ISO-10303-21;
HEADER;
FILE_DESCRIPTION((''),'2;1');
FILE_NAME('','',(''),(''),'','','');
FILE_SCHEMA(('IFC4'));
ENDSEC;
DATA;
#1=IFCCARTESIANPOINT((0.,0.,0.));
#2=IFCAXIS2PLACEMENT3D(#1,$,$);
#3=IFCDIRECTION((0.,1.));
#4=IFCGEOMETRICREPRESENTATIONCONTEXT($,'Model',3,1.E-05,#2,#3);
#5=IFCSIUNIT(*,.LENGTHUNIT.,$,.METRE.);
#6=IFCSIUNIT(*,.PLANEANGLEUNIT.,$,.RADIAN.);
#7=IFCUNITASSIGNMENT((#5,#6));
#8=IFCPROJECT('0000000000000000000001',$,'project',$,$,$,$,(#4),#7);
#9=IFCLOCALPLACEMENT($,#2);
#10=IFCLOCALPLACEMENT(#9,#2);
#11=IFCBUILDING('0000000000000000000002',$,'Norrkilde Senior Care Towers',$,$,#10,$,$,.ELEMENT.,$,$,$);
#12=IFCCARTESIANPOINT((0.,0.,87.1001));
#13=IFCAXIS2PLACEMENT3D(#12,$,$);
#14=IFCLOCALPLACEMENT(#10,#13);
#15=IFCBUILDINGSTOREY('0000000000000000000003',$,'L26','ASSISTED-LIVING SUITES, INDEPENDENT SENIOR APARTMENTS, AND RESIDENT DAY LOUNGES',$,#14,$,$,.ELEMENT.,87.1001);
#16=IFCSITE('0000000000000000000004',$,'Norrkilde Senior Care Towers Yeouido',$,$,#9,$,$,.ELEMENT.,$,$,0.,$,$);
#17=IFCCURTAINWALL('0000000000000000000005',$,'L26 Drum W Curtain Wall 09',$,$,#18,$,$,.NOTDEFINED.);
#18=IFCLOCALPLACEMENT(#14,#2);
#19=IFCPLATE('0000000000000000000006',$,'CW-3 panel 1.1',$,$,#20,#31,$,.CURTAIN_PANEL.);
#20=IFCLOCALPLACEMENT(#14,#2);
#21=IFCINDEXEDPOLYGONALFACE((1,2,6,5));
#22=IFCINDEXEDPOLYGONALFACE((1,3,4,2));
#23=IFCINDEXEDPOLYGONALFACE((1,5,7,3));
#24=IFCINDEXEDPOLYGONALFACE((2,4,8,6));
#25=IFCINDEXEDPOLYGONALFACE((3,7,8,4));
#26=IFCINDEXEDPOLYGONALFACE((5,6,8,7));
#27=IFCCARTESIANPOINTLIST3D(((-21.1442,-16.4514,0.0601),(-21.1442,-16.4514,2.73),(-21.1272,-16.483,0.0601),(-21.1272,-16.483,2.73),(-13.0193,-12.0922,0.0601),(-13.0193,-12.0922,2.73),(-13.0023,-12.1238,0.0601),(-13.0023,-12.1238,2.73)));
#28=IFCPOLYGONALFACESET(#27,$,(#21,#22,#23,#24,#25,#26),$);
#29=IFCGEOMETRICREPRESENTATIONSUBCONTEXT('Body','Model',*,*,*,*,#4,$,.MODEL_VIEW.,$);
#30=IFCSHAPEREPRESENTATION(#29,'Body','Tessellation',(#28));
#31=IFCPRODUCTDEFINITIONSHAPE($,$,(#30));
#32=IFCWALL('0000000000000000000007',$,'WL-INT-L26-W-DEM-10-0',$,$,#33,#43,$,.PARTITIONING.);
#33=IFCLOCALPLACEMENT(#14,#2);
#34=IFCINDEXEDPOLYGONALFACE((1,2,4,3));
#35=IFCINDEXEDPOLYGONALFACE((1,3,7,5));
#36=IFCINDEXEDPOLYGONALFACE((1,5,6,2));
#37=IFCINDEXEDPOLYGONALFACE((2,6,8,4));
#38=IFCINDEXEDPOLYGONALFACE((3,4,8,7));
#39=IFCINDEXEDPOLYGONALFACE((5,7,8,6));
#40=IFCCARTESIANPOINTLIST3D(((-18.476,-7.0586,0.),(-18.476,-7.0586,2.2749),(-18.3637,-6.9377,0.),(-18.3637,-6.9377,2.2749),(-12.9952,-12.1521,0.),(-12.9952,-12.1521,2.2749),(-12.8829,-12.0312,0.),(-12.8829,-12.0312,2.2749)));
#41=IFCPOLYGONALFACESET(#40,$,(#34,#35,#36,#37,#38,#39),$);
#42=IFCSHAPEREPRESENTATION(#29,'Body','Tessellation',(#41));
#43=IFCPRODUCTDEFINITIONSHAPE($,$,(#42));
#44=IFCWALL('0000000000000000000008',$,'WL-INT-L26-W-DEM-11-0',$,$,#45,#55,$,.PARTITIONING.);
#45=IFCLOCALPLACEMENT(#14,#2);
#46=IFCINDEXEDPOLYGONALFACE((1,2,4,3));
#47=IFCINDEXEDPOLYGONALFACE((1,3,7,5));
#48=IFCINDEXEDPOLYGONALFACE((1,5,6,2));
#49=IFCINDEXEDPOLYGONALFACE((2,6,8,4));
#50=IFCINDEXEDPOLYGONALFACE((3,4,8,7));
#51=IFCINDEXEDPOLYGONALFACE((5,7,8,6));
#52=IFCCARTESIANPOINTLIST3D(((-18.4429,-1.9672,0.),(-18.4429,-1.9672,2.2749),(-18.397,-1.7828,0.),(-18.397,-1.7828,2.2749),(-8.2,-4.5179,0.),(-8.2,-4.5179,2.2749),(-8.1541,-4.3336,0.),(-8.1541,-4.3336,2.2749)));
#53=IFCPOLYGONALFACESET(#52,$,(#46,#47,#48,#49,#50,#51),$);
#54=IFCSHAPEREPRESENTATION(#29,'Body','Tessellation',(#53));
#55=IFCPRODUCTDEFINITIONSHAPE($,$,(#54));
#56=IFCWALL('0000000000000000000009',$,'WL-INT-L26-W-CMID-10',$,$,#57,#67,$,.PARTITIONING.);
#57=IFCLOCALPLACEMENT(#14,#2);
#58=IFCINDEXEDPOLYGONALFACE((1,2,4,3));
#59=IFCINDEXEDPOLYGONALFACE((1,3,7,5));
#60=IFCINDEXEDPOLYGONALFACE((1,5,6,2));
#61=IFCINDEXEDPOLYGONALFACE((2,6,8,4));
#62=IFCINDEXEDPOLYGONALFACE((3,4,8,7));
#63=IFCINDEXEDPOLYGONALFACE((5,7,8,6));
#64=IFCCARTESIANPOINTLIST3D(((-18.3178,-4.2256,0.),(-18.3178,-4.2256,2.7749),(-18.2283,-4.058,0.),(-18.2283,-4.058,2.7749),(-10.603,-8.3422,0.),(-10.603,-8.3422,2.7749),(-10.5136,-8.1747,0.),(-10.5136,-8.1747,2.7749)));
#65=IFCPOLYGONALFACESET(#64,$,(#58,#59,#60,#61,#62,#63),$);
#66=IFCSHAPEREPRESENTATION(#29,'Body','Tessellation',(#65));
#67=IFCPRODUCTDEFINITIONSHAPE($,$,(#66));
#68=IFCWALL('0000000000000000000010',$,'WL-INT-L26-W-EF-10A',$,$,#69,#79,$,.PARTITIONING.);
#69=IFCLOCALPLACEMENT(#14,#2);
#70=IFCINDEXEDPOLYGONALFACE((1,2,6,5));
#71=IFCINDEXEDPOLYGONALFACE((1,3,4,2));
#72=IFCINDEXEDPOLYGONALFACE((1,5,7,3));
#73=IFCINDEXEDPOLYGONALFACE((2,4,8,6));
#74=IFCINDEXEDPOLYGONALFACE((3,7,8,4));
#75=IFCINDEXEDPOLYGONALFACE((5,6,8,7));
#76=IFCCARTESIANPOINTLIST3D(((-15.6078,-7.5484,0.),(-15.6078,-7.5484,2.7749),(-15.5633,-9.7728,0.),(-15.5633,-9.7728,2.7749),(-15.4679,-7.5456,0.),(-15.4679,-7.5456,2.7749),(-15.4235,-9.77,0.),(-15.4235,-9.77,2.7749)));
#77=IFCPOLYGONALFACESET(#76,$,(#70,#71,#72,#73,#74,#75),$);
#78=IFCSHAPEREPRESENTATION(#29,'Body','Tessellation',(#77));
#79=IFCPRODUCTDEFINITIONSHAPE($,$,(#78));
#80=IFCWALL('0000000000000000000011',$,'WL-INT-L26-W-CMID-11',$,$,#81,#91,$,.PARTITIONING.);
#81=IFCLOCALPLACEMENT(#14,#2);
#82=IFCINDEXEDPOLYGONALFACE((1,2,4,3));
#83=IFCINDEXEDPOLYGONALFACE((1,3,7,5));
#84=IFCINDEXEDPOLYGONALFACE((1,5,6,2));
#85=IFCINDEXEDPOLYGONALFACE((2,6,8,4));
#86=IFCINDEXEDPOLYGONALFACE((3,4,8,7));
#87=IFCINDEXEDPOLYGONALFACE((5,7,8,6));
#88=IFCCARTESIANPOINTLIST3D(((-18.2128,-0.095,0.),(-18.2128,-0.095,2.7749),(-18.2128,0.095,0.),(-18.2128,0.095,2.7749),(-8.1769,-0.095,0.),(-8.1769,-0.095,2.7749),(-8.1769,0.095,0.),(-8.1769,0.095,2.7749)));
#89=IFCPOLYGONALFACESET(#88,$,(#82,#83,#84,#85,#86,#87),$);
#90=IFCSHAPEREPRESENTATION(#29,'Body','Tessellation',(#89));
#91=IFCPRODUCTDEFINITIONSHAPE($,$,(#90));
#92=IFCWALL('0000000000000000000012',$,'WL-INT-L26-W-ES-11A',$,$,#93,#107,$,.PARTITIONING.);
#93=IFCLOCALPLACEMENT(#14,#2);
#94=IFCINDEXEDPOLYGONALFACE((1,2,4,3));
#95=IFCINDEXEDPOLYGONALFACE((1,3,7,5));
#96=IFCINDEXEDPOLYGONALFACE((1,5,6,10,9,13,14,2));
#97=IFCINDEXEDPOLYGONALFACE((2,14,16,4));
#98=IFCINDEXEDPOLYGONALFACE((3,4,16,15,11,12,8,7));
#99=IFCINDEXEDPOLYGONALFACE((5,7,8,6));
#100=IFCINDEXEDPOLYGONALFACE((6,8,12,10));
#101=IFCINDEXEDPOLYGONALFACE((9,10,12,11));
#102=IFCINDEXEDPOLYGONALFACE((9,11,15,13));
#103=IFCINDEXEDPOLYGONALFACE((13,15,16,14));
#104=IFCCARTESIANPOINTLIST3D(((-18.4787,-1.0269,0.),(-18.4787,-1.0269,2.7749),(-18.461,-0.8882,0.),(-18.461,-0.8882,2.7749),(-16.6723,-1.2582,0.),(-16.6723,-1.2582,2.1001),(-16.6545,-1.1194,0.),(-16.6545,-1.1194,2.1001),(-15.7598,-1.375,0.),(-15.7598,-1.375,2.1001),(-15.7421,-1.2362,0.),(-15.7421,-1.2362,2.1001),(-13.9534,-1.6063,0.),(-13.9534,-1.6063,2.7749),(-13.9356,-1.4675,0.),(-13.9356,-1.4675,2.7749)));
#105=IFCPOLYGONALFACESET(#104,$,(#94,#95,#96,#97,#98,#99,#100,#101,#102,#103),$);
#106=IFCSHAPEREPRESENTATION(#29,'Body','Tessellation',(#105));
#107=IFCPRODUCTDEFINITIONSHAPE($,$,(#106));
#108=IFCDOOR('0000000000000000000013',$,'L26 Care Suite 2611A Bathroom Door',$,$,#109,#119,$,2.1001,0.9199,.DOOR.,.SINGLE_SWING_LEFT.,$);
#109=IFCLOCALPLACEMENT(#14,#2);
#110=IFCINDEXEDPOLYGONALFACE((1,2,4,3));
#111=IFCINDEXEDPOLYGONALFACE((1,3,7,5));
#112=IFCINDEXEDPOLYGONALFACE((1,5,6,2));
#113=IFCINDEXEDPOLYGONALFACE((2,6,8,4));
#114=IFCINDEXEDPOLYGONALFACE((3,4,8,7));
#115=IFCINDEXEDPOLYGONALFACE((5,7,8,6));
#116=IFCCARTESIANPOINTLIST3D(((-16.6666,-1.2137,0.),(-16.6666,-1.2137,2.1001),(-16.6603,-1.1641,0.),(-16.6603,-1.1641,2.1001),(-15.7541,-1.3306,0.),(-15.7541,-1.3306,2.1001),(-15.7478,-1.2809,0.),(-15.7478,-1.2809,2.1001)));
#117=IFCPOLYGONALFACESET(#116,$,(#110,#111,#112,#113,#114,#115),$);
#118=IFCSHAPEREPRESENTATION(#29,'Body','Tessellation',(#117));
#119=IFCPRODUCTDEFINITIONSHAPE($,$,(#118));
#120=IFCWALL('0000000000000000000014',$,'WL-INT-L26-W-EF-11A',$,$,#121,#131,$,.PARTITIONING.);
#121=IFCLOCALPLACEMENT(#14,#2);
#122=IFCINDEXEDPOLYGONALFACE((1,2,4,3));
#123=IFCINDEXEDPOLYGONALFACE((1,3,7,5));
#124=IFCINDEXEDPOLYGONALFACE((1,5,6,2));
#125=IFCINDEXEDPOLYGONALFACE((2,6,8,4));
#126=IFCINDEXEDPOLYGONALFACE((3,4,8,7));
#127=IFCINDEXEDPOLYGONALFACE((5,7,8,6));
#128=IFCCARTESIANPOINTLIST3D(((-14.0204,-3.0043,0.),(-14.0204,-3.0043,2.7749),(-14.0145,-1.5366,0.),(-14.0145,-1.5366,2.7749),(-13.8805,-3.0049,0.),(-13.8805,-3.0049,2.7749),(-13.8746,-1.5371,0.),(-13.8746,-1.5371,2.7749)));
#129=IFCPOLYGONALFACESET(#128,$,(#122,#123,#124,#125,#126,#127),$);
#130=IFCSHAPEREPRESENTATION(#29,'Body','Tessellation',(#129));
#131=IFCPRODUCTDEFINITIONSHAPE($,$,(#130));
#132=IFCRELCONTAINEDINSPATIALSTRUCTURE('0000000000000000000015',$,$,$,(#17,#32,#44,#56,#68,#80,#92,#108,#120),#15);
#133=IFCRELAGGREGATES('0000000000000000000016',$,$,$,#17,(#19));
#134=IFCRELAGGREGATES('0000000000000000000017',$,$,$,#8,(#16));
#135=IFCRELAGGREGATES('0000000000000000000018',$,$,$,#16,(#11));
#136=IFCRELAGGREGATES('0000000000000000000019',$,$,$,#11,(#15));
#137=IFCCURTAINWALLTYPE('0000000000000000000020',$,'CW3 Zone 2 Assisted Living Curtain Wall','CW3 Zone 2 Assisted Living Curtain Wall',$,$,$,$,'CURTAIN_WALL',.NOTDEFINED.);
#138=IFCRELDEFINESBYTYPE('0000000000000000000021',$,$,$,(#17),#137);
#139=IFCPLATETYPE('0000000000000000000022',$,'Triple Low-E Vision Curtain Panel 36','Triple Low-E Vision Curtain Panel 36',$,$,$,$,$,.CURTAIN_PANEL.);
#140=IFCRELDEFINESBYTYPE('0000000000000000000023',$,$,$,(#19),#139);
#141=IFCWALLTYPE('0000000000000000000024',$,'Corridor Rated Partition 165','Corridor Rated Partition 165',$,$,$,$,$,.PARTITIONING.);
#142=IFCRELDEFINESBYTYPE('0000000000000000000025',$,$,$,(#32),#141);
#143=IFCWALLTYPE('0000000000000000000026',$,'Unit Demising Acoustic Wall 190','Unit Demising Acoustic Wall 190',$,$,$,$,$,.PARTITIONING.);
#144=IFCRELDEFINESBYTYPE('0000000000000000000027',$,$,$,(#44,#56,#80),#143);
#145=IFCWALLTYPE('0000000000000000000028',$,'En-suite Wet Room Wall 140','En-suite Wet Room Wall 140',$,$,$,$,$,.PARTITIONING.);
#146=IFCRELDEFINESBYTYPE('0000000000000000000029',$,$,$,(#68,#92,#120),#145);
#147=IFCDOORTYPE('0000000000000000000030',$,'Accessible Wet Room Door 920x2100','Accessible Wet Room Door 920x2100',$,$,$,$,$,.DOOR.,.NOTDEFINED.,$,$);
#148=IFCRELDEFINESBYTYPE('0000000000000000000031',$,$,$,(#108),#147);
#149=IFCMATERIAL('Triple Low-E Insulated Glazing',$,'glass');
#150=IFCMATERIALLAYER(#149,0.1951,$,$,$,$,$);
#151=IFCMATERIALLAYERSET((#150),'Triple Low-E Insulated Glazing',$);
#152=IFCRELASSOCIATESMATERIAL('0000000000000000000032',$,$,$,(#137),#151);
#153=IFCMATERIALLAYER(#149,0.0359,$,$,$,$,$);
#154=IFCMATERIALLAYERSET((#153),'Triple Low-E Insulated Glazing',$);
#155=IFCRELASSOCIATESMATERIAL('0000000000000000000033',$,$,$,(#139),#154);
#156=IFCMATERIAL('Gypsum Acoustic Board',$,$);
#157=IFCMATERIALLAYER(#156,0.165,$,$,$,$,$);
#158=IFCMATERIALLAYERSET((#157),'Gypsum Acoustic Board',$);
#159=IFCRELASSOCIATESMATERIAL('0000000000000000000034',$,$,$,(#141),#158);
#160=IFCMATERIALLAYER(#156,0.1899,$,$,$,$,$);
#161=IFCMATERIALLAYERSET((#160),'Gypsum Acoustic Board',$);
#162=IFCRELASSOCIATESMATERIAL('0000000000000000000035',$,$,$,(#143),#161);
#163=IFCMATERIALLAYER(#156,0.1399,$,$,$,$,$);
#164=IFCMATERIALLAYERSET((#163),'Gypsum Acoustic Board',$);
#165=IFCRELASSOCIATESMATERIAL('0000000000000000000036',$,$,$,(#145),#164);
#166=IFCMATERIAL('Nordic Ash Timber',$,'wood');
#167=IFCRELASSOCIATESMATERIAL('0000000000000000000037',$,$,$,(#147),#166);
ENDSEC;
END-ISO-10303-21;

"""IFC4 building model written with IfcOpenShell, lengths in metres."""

from ifc_helpers import new_model, si_unit, direction, frame, frame_2d, origin, origin_2d, place, context, subcontext, project, spatial, rectangle, extrude, source, transform, mapped, material, layer, layer_set, type_object, type_shapes, element, fill, aggregate, save


model = new_model("IFC4")

# Units and contexts
model_context = context("Model", 3, precision=1e-05, world=origin(), true_north=direction((0.0, 1.0)))
body_context = subcontext(model_context, "Body", "Model", "MODEL_VIEW")
ifc_project = project(units=[si_unit("LENGTHUNIT", "METRE"), si_unit("PLANEANGLEUNIT", "RADIAN")], contexts=[model_context])

# Site, building, storey
site_placement = place(None, origin())
site = spatial("IfcSite", under=ifc_project, at=site_placement, Name="Norrkilde Senior Care Towers Yeouido", CompositionType="ELEMENT", RefElevation=0.0)
building_placement = place(site_placement, origin())
building = spatial("IfcBuilding", under=site, at=building_placement, Name="Norrkilde Senior Care Towers", CompositionType="ELEMENT")
storey_placement = place(building_placement, frame((0.0, 0.0, 87.1001)))
storey = spatial("IfcBuildingStorey", under=building, at=storey_placement, Name="L26", Description="ASSISTED-LIVING SUITES, INDEPENDENT SENIOR APARTMENTS, AND RESIDENT DAY LOUNGES", CompositionType="ELEMENT", Elevation=87.1001)

# Curtain wall
ifc_material_1 = material(Name="Triple Low-E Insulated Glazing", Category="glass")
ifc_layer_1 = layer(ifc_material_1, 0.1951)
ifc_layer_set_1 = layer_set([ifc_layer_1], Name="Triple Low-E Insulated Glazing")
curtain_wall_type = type_object("IfcCurtainWallType", Name="CW3 Zone 2 Assisted Living Curtain Wall", Description="CW3 Zone 2 Assisted Living Curtain Wall", ElementType="CURTAIN_WALL", PredefinedType="NOTDEFINED", material=ifc_layer_set_1)
curtain_wall_1_placement = place(storey_placement, origin())
curtain_wall_1 = element("IfcCurtainWall", 1, at=curtain_wall_1_placement, inside=storey, type_object=curtain_wall_type, Name="L26 Drum W Curtain Wall 09", PredefinedType="NOTDEFINED")

# Plate
ifc_layer_2 = layer(ifc_material_1, 0.0359)
ifc_layer_set_2 = layer_set([ifc_layer_2], Name="Triple Low-E Insulated Glazing")
plate_type = type_object("IfcPlateType", Name="Triple Low-E Vision Curtain Panel 36", Description="Triple Low-E Vision Curtain Panel 36", PredefinedType="CURTAIN_PANEL", material=ifc_layer_set_2)
shared_shape_1 = source(origin(), body_context, "Body", "SweptSolid", [
    extrude(rectangle(XDim=9.2205, YDim=0.0359, at=origin_2d()), origin(), (0.0, 0.0, 1.0), 2.6699),
])
plate_1_placement = place(storey_placement, frame((-17.0732, -14.2876, 0.0601), z_axis=(0.0, 0.0, 1.0), x_axis=(-0.881186, -0.472769, 0.0)))
plate_1 = element("IfcPlate", 2, at=plate_1_placement, type_object=plate_type, Name="CW-3 panel 1.1", PredefinedType="CURTAIN_PANEL", context=body_context, shape_type="MappedRepresentation", body=[
    mapped(shared_shape_1, transform((0.0, 0.0, 0.0), x_axis=(1.0, 0.0, 0.0), y_axis=(0.0, 1.0, 0.0), z_axis=(0.0, 0.0, 1.0), scale=1.0)),
])
aggregate(curtain_wall_1, [plate_1])

# Walls
ifc_material_2 = material(Name="Gypsum Acoustic Board")
ifc_layer_3 = layer(ifc_material_2, 0.165)
ifc_layer_set_3 = layer_set([ifc_layer_3], Name="Gypsum Acoustic Board")
wall_type_1 = type_object("IfcWallType", Name="Corridor Rated Partition 165", Description="Corridor Rated Partition 165", PredefinedType="PARTITIONING", material=ifc_layer_set_3)
shared_shape_2 = source(origin(), body_context, "Body", "SweptSolid", [
    extrude(rectangle(XDim=7.4822, YDim=0.165, at=frame_2d((3.7412, 0.0))), origin(), (0.0, 0.0, 1.0), 2.2749),
])
type_shapes(wall_type_1, [shared_shape_2])
wall_1_placement = place(storey_placement, frame((-18.4199, -6.998, 0.0), z_axis=(0.0, 0.0, 1.0), x_axis=(0.732509, -0.680758, 0.0)))
element("IfcWall", 3, at=wall_1_placement, inside=storey, type_object=wall_type_1, Name="WL-INT-L26-W-DEM-10-0", PredefinedType="PARTITIONING", context=body_context, shape_type="MappedRepresentation", body=[
    mapped(shared_shape_2, transform((0.0, 0.0, 0.0), x_axis=(1.0, 0.0, 0.0), y_axis=(0.0, 1.0, 0.0), z_axis=(0.0, 0.0, 1.0), scale=1.0)),
])
ifc_layer_4 = layer(ifc_material_2, 0.1899)
ifc_layer_set_4 = layer_set([ifc_layer_4], Name="Gypsum Acoustic Board")
wall_type_2 = type_object("IfcWallType", Name="Unit Demising Acoustic Wall 190", Description="Unit Demising Acoustic Wall 190", PredefinedType="PARTITIONING", material=ifc_layer_set_4)
shared_shape_3 = source(origin(), body_context, "Body", "SweptSolid", [
    extrude(rectangle(XDim=10.5557, YDim=0.1899, at=frame_2d((5.2778, 0.0))), origin(), (0.0, 0.0, 1.0), 2.2749),
])
wall_2_placement = place(storey_placement, frame((-18.4199, -1.875, 0.0), z_axis=(0.0, 0.0, 1.0), x_axis=(0.970364, -0.241648, 0.0)))
element("IfcWall", 4, at=wall_2_placement, inside=storey, type_object=wall_type_2, Name="WL-INT-L26-W-DEM-11-0", PredefinedType="PARTITIONING", context=body_context, shape_type="MappedRepresentation", body=[
    mapped(shared_shape_3, transform((0.0, 0.0, 0.0), x_axis=(1.0, 0.0, 0.0), y_axis=(0.0, 1.0, 0.0), z_axis=(0.0, 0.0, 1.0), scale=1.0)),
])
shared_shape_4 = source(origin(), body_context, "Body", "SweptSolid", [
    extrude(rectangle(XDim=8.7444, YDim=0.1899, at=frame_2d((4.3721, 0.0))), origin(), (0.0, 0.0, 1.0), 2.7749),
])
wall_3_placement = place(storey_placement, frame((-18.2729, -4.1418, 0.0), z_axis=(0.0, 0.0, 1.0), x_axis=(0.882252, -0.470777, 0.0)))
element("IfcWall", 5, at=wall_3_placement, inside=storey, type_object=wall_type_2, Name="WL-INT-L26-W-CMID-10", PredefinedType="PARTITIONING", context=body_context, shape_type="MappedRepresentation", body=[
    mapped(shared_shape_4, transform((0.0, 0.0, 0.0), x_axis=(1.0, 0.0, 0.0), y_axis=(0.0, 1.0, 0.0), z_axis=(0.0, 0.0, 1.0), scale=1.0)),
])
ifc_layer_5 = layer(ifc_material_2, 0.1399)
ifc_layer_set_5 = layer_set([ifc_layer_5], Name="Gypsum Acoustic Board")
wall_type_3 = type_object("IfcWallType", Name="En-suite Wet Room Wall 140", Description="En-suite Wet Room Wall 140", PredefinedType="PARTITIONING", material=ifc_layer_set_5)
shared_shape_5 = source(origin(), body_context, "Body", "SweptSolid", [
    extrude(rectangle(XDim=2.2249, YDim=0.1399, at=frame_2d((1.1123, 0.0))), origin(), (0.0, 0.0, 1.0), 2.7749),
])
wall_4_placement = place(storey_placement, frame((-15.5378, -7.5471, 0.0), z_axis=(0.0, 0.0, 1.0), x_axis=(0.019972, -0.999801, 0.0)))
element("IfcWall", 6, at=wall_4_placement, inside=storey, type_object=wall_type_3, Name="WL-INT-L26-W-EF-10A", PredefinedType="PARTITIONING", context=body_context, shape_type="MappedRepresentation", body=[
    mapped(shared_shape_5, transform((0.0, 0.0, 0.0), x_axis=(1.0, 0.0, 0.0), y_axis=(0.0, 1.0, 0.0), z_axis=(0.0, 0.0, 1.0), scale=1.0)),
])
shared_shape_6 = source(origin(), body_context, "Body", "SweptSolid", [
    extrude(rectangle(XDim=10.0359, YDim=0.1899, at=frame_2d((5.0181, 0.0))), origin(), (0.0, 0.0, 1.0), 2.7749),
])
type_shapes(wall_type_2, [shared_shape_3, shared_shape_4, shared_shape_6])
wall_5_placement = place(storey_placement, frame((-18.2129, 0.0, 0.0), z_axis=(0.0, 0.0, 1.0), x_axis=(1.0, 0.0, 0.0)))
element("IfcWall", 7, at=wall_5_placement, inside=storey, type_object=wall_type_2, Name="WL-INT-L26-W-CMID-11", PredefinedType="PARTITIONING", context=body_context, shape_type="MappedRepresentation", body=[
    mapped(shared_shape_6, transform((0.0, 0.0, 0.0), x_axis=(1.0, 0.0, 0.0), y_axis=(0.0, 1.0, 0.0), z_axis=(0.0, 0.0, 1.0), scale=1.0)),
])

# Wall, opening, door
shared_shape_7 = source(origin(), body_context, "Body", "SweptSolid", [
    extrude(rectangle(XDim=4.5623, YDim=0.1399, at=frame_2d((2.2812, 0.0))), origin(), (0.0, 0.0, 1.0), 2.7749),
])
wall_6_placement = place(storey_placement, frame((-18.47, -0.9575, 0.0), z_axis=(0.0, 0.0, 1.0), x_axis=(0.991905, -0.126985, 0.0)))
wall_6 = element("IfcWall", 8, at=wall_6_placement, inside=storey, type_object=wall_type_3, Name="WL-INT-L26-W-ES-11A", PredefinedType="PARTITIONING", context=body_context, shape_type="MappedRepresentation", body=[
    mapped(shared_shape_7, transform((0.0, 0.0, 0.0), x_axis=(1.0, 0.0, 0.0), y_axis=(0.0, 1.0, 0.0), z_axis=(0.0, 0.0, 1.0), scale=1.0)),
])
opening_placement = place(wall_6_placement, frame((1.8213, 0.0, 0.0)))
opening = element("IfcOpeningElement", 9, at=opening_placement, cuts=wall_6, PredefinedType="OPENING", context=body_context, shape_type="SweptSolid", body=[
    extrude(rectangle(XDim=0.9199, YDim=2.1001, at=frame_2d((0.46, 1.05))), frame((0.0, 0.0798, 0.0), z_axis=(0.0, -1.0, 0.0), x_axis=(1.0, 0.0, 0.0)), (0.0, 0.0, 1.0), 0.1599),
])
ifc_material_3 = material(Name="Nordic Ash Timber", Category="wood")
door_type = type_object("IfcDoorType", Name="Accessible Wet Room Door 920x2100", Description="Accessible Wet Room Door 920x2100", OperationType="NOTDEFINED", PredefinedType="DOOR", material=ifc_material_3)
shared_shape_8 = source(origin(), body_context, "Body", "SweptSolid", [
    extrude(rectangle(XDim=0.9199, YDim=2.1001, at=frame_2d((0.46, 1.05))), frame((0.0, 0.0249, 0.0), z_axis=(0.0, -1.0, 0.0), x_axis=(1.0, 0.0, 0.0)), (0.0, 0.0, 1.0), 0.05),
])
type_shapes(door_type, [shared_shape_8])
door_placement = place(opening_placement, origin())
door = element("IfcDoor", 10, at=door_placement, inside=storey, type_object=door_type, Name="L26 Care Suite 2611A Bathroom Door", OperationType="SINGLE_SWING_LEFT", OverallHeight=2.1001, OverallWidth=0.9199, PredefinedType="DOOR", context=body_context, shape_type="MappedRepresentation", body=[
    mapped(shared_shape_8, transform((0.0, 0.0, 0.0), x_axis=(1.0, 0.0, 0.0), y_axis=(0.0, 1.0, 0.0), z_axis=(0.0, 0.0, 1.0), scale=1.0)),
])
fill(opening, door)

# Wall
shared_shape_9 = source(origin(), body_context, "Body", "SweptSolid", [
    extrude(rectangle(XDim=1.4678, YDim=0.1399, at=frame_2d((0.7339, 0.0))), origin(), (0.0, 0.0, 1.0), 2.7749),
])
type_shapes(wall_type_3, [shared_shape_5, shared_shape_7, shared_shape_9])
wall_7_placement = place(storey_placement, frame((-13.9446, -1.5369, 0.0), z_axis=(0.0, 0.0, 1.0), x_axis=(-0.003992, -0.999992, 0.0)))
element("IfcWall", 11, at=wall_7_placement, inside=storey, type_object=wall_type_3, Name="WL-INT-L26-W-EF-11A", PredefinedType="PARTITIONING", context=body_context, shape_type="MappedRepresentation", body=[
    mapped(shared_shape_9, transform((0.0, 0.0, 0.0), x_axis=(1.0, 0.0, 0.0), y_axis=(0.0, 1.0, 0.0), z_axis=(0.0, 0.0, 1.0), scale=1.0)),
])

save(model, "model.ifc")
